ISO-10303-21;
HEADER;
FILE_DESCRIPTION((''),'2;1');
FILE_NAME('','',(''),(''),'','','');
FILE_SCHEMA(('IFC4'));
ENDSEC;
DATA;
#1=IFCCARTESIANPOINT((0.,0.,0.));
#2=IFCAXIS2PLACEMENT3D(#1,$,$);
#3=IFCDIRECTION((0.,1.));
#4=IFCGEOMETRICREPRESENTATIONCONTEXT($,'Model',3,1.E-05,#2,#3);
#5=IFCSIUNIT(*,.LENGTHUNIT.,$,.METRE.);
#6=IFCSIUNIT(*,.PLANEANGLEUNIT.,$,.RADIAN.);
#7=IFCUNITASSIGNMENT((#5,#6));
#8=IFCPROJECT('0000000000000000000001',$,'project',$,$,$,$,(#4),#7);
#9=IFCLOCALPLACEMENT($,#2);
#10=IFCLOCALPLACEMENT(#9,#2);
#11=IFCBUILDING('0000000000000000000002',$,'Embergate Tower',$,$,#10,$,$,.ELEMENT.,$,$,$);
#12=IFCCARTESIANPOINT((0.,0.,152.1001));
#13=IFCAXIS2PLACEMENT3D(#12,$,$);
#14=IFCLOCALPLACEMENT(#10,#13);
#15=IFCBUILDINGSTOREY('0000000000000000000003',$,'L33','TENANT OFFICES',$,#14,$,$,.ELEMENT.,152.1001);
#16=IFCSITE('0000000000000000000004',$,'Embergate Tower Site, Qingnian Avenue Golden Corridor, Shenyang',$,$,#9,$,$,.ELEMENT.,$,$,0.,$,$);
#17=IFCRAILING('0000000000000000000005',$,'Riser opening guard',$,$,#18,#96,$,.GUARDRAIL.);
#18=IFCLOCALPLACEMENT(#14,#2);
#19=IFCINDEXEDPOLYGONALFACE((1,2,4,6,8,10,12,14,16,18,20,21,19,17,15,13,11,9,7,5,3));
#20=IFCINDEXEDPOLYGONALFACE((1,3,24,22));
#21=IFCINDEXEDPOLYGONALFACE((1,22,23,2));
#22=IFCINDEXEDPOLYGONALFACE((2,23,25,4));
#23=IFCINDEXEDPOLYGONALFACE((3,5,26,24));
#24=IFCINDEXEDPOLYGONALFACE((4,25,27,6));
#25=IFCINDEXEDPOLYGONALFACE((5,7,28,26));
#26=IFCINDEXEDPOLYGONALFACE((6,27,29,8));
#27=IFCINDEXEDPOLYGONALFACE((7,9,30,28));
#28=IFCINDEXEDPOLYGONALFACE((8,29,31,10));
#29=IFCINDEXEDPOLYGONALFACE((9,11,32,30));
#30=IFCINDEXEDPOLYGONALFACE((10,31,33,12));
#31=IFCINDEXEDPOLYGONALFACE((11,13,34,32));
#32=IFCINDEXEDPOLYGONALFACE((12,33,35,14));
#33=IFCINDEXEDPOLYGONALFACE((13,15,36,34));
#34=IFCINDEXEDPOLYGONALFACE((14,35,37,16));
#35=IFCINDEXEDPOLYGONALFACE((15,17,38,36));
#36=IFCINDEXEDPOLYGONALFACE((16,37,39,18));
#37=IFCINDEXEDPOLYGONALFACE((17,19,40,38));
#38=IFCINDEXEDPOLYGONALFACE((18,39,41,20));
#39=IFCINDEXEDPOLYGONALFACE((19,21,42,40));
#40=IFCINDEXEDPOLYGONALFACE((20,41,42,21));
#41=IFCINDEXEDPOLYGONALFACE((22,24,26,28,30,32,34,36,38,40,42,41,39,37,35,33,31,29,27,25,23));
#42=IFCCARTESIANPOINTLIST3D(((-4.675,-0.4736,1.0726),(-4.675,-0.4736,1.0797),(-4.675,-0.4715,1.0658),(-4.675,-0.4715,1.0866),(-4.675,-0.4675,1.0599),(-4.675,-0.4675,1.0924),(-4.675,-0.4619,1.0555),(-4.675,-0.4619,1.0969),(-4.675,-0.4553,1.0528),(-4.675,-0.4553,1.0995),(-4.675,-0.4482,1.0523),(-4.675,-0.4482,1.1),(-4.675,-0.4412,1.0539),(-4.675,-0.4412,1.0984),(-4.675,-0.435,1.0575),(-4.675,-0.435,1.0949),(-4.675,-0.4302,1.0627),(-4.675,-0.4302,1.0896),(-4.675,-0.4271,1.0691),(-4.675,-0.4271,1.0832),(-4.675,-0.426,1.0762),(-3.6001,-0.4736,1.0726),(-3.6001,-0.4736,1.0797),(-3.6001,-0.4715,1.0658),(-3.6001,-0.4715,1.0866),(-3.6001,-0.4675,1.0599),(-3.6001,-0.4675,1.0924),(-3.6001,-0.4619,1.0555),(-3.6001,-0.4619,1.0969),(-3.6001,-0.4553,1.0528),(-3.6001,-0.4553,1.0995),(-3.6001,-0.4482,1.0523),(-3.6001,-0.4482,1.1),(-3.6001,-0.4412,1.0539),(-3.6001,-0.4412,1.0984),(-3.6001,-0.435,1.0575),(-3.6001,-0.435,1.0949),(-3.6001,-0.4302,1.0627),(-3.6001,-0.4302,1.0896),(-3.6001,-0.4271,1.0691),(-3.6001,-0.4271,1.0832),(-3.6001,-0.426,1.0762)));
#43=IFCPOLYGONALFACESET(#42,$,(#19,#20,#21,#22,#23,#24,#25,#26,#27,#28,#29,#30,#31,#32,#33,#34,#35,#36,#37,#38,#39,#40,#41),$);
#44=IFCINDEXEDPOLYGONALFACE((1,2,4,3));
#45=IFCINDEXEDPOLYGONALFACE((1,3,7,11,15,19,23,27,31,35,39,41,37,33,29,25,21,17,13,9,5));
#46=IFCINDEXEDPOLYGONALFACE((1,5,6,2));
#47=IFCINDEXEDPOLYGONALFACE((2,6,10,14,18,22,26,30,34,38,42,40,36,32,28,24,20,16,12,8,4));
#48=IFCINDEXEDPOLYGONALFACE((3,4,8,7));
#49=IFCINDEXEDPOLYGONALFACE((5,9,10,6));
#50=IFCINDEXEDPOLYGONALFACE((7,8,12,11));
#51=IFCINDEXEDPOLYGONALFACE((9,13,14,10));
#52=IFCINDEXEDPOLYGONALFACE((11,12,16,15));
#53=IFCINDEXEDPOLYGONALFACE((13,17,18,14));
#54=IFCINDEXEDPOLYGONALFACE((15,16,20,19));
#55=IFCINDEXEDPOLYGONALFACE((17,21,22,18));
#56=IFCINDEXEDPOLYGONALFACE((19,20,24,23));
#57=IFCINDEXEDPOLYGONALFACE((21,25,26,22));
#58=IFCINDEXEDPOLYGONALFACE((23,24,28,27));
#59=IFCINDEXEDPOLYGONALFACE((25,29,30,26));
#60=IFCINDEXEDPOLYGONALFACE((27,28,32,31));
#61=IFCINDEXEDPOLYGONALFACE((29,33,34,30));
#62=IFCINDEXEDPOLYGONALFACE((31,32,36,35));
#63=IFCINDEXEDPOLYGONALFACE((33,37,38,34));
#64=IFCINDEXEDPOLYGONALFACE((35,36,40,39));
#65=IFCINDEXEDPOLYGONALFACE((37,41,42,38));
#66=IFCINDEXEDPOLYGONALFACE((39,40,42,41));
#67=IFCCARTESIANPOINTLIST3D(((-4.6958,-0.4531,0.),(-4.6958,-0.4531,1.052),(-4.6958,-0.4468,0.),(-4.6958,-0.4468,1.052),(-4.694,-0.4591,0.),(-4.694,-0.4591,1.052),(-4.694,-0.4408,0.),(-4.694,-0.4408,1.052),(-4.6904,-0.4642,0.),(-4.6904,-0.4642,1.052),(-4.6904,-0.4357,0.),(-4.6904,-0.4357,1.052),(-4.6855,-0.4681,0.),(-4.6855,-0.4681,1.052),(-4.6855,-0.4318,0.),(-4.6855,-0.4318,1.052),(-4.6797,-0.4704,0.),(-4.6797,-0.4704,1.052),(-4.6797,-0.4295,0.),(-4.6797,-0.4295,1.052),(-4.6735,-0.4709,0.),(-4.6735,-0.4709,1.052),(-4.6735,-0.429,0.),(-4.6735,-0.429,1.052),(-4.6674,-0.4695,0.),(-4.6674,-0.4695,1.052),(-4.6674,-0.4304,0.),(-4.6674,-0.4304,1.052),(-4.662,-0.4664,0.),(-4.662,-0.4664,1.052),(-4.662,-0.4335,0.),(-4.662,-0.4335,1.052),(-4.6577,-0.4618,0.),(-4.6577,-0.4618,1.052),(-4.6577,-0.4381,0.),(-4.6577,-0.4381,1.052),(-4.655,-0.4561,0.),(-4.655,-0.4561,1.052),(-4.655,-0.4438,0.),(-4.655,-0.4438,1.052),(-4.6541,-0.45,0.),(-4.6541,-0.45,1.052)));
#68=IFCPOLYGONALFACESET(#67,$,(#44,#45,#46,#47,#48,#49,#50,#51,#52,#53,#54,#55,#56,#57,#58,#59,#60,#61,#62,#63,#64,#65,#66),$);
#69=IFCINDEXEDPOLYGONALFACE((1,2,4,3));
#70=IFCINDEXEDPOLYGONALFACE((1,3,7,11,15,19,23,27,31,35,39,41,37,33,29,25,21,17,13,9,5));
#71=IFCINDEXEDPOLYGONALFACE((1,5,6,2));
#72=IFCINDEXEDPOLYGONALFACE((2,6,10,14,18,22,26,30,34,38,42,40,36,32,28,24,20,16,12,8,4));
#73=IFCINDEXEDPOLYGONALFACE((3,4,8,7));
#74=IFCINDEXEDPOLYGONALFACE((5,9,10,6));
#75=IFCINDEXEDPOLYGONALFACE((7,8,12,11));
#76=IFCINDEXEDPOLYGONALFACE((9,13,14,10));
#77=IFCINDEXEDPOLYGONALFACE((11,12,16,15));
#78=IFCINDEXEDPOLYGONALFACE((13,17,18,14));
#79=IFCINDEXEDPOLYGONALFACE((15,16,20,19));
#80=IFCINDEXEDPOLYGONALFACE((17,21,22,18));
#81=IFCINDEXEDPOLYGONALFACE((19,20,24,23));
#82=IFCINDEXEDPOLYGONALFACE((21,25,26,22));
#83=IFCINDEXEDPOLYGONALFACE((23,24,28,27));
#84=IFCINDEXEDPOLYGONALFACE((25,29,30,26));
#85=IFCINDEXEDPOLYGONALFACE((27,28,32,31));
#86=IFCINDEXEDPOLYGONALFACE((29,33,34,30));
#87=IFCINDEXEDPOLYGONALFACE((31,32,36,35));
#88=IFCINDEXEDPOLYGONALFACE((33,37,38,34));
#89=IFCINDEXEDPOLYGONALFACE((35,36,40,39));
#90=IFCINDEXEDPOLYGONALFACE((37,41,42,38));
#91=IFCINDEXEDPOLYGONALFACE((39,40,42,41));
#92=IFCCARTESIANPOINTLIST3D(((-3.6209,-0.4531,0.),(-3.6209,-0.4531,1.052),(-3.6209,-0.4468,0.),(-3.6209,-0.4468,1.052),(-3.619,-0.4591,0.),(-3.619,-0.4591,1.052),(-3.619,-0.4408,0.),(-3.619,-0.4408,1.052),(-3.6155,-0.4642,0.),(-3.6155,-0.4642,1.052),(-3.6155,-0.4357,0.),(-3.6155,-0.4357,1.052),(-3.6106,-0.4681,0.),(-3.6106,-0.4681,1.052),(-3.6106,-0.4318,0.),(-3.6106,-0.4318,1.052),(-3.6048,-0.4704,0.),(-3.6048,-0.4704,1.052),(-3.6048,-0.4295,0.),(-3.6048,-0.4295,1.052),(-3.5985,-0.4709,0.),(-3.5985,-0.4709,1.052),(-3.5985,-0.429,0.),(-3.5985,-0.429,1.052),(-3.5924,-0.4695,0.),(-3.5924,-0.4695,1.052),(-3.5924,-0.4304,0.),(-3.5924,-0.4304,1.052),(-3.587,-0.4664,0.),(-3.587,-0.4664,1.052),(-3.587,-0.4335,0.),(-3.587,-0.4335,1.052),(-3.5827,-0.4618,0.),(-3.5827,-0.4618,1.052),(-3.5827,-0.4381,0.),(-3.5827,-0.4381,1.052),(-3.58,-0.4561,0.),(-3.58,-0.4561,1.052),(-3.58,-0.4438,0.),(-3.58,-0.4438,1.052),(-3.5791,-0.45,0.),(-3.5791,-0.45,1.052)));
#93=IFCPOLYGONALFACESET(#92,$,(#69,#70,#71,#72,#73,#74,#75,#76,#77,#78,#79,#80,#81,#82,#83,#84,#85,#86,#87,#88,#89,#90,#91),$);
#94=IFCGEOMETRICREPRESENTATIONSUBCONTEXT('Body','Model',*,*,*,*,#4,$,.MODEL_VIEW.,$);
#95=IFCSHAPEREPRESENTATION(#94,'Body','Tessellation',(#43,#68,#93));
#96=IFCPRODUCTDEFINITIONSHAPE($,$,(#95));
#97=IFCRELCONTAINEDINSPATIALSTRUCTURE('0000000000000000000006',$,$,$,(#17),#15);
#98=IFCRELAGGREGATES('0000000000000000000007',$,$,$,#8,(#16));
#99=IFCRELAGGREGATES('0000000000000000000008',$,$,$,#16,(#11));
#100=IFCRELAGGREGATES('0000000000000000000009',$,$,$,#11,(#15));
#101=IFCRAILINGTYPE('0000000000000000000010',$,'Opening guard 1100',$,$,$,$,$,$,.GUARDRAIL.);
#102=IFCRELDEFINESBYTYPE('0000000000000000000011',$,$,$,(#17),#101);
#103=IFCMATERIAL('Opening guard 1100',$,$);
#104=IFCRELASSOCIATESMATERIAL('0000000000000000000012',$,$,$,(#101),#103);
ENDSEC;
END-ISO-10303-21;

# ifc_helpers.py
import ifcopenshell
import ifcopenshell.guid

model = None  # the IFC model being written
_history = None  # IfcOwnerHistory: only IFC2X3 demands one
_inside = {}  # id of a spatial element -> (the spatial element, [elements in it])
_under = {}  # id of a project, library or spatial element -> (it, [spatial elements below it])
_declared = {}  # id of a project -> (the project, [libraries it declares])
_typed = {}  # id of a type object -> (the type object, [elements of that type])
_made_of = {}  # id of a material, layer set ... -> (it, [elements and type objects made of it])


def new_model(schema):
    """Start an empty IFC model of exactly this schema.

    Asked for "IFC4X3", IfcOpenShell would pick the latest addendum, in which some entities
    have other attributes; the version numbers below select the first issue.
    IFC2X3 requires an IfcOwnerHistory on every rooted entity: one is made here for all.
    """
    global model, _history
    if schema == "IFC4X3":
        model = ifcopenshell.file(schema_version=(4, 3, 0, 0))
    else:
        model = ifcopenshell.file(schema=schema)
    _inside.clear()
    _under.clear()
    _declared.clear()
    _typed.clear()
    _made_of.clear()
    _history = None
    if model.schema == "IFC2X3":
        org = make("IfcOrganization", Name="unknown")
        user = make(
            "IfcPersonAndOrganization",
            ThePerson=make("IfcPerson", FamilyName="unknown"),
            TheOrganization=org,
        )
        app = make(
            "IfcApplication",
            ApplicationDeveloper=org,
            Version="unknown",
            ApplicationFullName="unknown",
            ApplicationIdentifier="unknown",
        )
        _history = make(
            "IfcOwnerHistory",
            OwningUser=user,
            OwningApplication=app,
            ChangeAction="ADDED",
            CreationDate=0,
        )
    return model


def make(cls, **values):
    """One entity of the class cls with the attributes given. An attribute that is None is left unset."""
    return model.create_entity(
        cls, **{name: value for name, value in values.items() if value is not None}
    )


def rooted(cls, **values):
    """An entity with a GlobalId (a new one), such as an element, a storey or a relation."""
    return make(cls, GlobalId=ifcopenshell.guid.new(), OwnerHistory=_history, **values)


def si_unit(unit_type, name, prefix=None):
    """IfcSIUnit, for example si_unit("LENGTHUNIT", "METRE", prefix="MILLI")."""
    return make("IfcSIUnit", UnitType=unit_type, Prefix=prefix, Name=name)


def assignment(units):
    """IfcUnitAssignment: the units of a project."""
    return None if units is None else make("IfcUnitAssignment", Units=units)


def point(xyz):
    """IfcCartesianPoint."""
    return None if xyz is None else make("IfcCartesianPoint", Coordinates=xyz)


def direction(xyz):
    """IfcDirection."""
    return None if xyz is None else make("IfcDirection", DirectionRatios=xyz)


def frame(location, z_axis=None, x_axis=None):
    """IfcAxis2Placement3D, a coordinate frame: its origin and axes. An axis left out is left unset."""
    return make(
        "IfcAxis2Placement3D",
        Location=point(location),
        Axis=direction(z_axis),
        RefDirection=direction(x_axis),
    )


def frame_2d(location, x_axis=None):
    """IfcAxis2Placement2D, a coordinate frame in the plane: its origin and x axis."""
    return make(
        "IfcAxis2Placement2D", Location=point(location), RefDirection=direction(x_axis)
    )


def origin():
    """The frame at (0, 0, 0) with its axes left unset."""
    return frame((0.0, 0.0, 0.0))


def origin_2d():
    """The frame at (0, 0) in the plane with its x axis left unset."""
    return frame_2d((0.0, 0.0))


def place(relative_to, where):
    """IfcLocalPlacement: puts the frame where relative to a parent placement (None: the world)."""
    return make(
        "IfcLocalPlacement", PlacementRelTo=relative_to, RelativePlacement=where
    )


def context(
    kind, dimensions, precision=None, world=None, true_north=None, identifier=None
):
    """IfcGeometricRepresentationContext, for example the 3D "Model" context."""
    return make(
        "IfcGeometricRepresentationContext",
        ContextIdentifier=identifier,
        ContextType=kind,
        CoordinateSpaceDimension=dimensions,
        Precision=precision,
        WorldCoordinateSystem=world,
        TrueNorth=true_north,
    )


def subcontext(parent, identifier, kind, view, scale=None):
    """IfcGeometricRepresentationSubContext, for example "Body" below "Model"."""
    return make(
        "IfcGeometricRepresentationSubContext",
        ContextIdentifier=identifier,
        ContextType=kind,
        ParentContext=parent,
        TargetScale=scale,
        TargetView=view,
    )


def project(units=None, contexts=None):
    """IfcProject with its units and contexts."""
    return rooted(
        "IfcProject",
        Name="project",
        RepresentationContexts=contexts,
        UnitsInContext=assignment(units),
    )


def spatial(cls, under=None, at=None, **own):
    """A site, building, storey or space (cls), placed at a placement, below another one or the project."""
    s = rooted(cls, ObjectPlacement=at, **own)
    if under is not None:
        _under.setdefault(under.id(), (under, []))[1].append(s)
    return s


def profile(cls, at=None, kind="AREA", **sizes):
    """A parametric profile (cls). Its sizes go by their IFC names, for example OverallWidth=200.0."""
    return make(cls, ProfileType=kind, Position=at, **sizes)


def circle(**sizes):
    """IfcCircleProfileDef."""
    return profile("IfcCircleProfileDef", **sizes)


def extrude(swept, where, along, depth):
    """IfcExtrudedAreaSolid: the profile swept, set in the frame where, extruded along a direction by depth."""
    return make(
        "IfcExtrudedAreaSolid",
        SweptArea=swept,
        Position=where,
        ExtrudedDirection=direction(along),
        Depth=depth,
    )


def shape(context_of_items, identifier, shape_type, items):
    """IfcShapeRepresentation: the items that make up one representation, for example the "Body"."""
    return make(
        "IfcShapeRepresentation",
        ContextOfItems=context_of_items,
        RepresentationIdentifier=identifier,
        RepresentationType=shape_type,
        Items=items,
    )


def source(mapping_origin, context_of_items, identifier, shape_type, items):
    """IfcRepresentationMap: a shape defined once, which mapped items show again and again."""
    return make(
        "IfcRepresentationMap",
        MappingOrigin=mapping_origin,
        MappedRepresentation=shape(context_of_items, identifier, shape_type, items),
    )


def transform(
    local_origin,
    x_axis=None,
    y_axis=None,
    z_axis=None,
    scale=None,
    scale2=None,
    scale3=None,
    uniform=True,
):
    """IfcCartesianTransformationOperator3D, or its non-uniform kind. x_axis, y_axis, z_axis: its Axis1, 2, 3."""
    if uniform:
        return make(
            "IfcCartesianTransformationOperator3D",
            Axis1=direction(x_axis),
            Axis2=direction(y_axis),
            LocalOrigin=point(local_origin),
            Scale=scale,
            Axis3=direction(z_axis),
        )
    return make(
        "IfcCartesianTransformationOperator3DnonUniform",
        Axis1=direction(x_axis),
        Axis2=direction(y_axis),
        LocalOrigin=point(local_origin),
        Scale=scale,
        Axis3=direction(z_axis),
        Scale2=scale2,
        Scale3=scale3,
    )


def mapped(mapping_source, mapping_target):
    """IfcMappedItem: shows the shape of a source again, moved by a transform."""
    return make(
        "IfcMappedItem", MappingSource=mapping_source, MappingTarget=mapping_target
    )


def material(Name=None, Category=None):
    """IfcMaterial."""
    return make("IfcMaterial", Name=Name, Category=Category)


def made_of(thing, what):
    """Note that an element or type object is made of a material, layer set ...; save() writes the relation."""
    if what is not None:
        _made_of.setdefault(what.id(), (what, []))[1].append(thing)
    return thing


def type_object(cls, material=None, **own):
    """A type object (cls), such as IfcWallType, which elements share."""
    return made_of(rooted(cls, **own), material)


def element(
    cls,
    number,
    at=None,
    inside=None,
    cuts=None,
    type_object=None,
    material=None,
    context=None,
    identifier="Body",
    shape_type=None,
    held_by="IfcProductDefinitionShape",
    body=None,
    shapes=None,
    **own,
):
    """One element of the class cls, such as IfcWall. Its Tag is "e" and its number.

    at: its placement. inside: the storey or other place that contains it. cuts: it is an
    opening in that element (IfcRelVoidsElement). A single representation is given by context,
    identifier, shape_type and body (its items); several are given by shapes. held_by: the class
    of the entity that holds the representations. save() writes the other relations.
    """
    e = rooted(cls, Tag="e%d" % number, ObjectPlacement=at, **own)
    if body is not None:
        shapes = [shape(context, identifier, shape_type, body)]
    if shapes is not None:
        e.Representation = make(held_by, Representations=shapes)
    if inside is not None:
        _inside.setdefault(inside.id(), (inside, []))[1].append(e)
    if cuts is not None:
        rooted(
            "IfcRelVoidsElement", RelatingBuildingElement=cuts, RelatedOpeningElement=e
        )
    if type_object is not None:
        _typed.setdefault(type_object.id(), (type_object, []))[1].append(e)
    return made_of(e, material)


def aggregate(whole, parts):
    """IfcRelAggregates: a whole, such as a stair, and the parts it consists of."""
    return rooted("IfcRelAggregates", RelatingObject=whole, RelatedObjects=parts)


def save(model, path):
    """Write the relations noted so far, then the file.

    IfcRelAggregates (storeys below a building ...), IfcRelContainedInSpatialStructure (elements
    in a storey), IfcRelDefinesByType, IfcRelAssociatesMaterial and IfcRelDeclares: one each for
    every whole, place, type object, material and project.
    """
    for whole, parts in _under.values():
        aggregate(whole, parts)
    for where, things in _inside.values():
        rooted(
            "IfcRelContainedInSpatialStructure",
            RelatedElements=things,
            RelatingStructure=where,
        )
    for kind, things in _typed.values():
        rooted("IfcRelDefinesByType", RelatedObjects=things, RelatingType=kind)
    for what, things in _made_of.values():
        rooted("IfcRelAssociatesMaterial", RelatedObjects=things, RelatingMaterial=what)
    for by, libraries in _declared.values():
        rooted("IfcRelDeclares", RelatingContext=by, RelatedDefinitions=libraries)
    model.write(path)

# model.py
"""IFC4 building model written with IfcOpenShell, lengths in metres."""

from ifc_helpers import new_model, si_unit, direction, frame, origin, origin_2d, place, context, subcontext, project, spatial, circle, extrude, source, transform, mapped, material, type_object, element, save


model = new_model("IFC4")

# Units and contexts
model_context = context("Model", 3, precision=1e-05, world=origin(), true_north=direction((0.0, 1.0)))
body_context = subcontext(model_context, "Body", "Model", "MODEL_VIEW")
ifc_project = project(units=[si_unit("LENGTHUNIT", "METRE"), si_unit("PLANEANGLEUNIT", "RADIAN")], contexts=[model_context])

# Site, building, storey
site_placement = place(None, origin())
site = spatial("IfcSite", under=ifc_project, at=site_placement, Name="Embergate Tower Site, Qingnian Avenue Golden Corridor, Shenyang", CompositionType="ELEMENT", RefElevation=0.0)
building_placement = place(site_placement, origin())
building = spatial("IfcBuilding", under=site, at=building_placement, Name="Embergate Tower", CompositionType="ELEMENT")
storey_placement = place(building_placement, frame((0.0, 0.0, 152.1001)))
storey = spatial("IfcBuildingStorey", under=building, at=storey_placement, Name="L33", Description="TENANT OFFICES", CompositionType="ELEMENT", Elevation=152.1001)

# Railing
ifc_material_1 = material(Name="Opening guard 1100")
railing_type_1 = type_object("IfcRailingType", Name="Opening guard 1100", PredefinedType="GUARDRAIL", material=ifc_material_1)
shared_shape_1 = source(origin(), body_context, "Body", "SweptSolid", [
    extrude(circle(Radius=0.0239, at=origin_2d()), frame((0.0, 0.0, 1.0762), z_axis=(1.0, 0.0, 0.0), x_axis=(0.0, 1.0, 0.0)), (0.0, 0.0, 1.0), 1.075),
    extrude(circle(Radius=0.021, at=origin_2d()), origin(), (0.0, 0.0, 1.0), 1.052),
    extrude(circle(Radius=0.021, at=origin_2d()), frame((1.075, 0.0, 0.0)), (0.0, 0.0, 1.0), 1.052),
])
railing_1_placement = place(storey_placement, frame((-4.675, -0.45, 0.0)))
element("IfcRailing", 1, at=railing_1_placement, inside=storey, type_object=railing_type_1, Name="Riser opening guard", PredefinedType="GUARDRAIL", context=body_context, shape_type="MappedRepresentation", body=[
    mapped(shared_shape_1, transform((0.0, 0.0, 0.0))),
])

save(model, "model.ifc")
